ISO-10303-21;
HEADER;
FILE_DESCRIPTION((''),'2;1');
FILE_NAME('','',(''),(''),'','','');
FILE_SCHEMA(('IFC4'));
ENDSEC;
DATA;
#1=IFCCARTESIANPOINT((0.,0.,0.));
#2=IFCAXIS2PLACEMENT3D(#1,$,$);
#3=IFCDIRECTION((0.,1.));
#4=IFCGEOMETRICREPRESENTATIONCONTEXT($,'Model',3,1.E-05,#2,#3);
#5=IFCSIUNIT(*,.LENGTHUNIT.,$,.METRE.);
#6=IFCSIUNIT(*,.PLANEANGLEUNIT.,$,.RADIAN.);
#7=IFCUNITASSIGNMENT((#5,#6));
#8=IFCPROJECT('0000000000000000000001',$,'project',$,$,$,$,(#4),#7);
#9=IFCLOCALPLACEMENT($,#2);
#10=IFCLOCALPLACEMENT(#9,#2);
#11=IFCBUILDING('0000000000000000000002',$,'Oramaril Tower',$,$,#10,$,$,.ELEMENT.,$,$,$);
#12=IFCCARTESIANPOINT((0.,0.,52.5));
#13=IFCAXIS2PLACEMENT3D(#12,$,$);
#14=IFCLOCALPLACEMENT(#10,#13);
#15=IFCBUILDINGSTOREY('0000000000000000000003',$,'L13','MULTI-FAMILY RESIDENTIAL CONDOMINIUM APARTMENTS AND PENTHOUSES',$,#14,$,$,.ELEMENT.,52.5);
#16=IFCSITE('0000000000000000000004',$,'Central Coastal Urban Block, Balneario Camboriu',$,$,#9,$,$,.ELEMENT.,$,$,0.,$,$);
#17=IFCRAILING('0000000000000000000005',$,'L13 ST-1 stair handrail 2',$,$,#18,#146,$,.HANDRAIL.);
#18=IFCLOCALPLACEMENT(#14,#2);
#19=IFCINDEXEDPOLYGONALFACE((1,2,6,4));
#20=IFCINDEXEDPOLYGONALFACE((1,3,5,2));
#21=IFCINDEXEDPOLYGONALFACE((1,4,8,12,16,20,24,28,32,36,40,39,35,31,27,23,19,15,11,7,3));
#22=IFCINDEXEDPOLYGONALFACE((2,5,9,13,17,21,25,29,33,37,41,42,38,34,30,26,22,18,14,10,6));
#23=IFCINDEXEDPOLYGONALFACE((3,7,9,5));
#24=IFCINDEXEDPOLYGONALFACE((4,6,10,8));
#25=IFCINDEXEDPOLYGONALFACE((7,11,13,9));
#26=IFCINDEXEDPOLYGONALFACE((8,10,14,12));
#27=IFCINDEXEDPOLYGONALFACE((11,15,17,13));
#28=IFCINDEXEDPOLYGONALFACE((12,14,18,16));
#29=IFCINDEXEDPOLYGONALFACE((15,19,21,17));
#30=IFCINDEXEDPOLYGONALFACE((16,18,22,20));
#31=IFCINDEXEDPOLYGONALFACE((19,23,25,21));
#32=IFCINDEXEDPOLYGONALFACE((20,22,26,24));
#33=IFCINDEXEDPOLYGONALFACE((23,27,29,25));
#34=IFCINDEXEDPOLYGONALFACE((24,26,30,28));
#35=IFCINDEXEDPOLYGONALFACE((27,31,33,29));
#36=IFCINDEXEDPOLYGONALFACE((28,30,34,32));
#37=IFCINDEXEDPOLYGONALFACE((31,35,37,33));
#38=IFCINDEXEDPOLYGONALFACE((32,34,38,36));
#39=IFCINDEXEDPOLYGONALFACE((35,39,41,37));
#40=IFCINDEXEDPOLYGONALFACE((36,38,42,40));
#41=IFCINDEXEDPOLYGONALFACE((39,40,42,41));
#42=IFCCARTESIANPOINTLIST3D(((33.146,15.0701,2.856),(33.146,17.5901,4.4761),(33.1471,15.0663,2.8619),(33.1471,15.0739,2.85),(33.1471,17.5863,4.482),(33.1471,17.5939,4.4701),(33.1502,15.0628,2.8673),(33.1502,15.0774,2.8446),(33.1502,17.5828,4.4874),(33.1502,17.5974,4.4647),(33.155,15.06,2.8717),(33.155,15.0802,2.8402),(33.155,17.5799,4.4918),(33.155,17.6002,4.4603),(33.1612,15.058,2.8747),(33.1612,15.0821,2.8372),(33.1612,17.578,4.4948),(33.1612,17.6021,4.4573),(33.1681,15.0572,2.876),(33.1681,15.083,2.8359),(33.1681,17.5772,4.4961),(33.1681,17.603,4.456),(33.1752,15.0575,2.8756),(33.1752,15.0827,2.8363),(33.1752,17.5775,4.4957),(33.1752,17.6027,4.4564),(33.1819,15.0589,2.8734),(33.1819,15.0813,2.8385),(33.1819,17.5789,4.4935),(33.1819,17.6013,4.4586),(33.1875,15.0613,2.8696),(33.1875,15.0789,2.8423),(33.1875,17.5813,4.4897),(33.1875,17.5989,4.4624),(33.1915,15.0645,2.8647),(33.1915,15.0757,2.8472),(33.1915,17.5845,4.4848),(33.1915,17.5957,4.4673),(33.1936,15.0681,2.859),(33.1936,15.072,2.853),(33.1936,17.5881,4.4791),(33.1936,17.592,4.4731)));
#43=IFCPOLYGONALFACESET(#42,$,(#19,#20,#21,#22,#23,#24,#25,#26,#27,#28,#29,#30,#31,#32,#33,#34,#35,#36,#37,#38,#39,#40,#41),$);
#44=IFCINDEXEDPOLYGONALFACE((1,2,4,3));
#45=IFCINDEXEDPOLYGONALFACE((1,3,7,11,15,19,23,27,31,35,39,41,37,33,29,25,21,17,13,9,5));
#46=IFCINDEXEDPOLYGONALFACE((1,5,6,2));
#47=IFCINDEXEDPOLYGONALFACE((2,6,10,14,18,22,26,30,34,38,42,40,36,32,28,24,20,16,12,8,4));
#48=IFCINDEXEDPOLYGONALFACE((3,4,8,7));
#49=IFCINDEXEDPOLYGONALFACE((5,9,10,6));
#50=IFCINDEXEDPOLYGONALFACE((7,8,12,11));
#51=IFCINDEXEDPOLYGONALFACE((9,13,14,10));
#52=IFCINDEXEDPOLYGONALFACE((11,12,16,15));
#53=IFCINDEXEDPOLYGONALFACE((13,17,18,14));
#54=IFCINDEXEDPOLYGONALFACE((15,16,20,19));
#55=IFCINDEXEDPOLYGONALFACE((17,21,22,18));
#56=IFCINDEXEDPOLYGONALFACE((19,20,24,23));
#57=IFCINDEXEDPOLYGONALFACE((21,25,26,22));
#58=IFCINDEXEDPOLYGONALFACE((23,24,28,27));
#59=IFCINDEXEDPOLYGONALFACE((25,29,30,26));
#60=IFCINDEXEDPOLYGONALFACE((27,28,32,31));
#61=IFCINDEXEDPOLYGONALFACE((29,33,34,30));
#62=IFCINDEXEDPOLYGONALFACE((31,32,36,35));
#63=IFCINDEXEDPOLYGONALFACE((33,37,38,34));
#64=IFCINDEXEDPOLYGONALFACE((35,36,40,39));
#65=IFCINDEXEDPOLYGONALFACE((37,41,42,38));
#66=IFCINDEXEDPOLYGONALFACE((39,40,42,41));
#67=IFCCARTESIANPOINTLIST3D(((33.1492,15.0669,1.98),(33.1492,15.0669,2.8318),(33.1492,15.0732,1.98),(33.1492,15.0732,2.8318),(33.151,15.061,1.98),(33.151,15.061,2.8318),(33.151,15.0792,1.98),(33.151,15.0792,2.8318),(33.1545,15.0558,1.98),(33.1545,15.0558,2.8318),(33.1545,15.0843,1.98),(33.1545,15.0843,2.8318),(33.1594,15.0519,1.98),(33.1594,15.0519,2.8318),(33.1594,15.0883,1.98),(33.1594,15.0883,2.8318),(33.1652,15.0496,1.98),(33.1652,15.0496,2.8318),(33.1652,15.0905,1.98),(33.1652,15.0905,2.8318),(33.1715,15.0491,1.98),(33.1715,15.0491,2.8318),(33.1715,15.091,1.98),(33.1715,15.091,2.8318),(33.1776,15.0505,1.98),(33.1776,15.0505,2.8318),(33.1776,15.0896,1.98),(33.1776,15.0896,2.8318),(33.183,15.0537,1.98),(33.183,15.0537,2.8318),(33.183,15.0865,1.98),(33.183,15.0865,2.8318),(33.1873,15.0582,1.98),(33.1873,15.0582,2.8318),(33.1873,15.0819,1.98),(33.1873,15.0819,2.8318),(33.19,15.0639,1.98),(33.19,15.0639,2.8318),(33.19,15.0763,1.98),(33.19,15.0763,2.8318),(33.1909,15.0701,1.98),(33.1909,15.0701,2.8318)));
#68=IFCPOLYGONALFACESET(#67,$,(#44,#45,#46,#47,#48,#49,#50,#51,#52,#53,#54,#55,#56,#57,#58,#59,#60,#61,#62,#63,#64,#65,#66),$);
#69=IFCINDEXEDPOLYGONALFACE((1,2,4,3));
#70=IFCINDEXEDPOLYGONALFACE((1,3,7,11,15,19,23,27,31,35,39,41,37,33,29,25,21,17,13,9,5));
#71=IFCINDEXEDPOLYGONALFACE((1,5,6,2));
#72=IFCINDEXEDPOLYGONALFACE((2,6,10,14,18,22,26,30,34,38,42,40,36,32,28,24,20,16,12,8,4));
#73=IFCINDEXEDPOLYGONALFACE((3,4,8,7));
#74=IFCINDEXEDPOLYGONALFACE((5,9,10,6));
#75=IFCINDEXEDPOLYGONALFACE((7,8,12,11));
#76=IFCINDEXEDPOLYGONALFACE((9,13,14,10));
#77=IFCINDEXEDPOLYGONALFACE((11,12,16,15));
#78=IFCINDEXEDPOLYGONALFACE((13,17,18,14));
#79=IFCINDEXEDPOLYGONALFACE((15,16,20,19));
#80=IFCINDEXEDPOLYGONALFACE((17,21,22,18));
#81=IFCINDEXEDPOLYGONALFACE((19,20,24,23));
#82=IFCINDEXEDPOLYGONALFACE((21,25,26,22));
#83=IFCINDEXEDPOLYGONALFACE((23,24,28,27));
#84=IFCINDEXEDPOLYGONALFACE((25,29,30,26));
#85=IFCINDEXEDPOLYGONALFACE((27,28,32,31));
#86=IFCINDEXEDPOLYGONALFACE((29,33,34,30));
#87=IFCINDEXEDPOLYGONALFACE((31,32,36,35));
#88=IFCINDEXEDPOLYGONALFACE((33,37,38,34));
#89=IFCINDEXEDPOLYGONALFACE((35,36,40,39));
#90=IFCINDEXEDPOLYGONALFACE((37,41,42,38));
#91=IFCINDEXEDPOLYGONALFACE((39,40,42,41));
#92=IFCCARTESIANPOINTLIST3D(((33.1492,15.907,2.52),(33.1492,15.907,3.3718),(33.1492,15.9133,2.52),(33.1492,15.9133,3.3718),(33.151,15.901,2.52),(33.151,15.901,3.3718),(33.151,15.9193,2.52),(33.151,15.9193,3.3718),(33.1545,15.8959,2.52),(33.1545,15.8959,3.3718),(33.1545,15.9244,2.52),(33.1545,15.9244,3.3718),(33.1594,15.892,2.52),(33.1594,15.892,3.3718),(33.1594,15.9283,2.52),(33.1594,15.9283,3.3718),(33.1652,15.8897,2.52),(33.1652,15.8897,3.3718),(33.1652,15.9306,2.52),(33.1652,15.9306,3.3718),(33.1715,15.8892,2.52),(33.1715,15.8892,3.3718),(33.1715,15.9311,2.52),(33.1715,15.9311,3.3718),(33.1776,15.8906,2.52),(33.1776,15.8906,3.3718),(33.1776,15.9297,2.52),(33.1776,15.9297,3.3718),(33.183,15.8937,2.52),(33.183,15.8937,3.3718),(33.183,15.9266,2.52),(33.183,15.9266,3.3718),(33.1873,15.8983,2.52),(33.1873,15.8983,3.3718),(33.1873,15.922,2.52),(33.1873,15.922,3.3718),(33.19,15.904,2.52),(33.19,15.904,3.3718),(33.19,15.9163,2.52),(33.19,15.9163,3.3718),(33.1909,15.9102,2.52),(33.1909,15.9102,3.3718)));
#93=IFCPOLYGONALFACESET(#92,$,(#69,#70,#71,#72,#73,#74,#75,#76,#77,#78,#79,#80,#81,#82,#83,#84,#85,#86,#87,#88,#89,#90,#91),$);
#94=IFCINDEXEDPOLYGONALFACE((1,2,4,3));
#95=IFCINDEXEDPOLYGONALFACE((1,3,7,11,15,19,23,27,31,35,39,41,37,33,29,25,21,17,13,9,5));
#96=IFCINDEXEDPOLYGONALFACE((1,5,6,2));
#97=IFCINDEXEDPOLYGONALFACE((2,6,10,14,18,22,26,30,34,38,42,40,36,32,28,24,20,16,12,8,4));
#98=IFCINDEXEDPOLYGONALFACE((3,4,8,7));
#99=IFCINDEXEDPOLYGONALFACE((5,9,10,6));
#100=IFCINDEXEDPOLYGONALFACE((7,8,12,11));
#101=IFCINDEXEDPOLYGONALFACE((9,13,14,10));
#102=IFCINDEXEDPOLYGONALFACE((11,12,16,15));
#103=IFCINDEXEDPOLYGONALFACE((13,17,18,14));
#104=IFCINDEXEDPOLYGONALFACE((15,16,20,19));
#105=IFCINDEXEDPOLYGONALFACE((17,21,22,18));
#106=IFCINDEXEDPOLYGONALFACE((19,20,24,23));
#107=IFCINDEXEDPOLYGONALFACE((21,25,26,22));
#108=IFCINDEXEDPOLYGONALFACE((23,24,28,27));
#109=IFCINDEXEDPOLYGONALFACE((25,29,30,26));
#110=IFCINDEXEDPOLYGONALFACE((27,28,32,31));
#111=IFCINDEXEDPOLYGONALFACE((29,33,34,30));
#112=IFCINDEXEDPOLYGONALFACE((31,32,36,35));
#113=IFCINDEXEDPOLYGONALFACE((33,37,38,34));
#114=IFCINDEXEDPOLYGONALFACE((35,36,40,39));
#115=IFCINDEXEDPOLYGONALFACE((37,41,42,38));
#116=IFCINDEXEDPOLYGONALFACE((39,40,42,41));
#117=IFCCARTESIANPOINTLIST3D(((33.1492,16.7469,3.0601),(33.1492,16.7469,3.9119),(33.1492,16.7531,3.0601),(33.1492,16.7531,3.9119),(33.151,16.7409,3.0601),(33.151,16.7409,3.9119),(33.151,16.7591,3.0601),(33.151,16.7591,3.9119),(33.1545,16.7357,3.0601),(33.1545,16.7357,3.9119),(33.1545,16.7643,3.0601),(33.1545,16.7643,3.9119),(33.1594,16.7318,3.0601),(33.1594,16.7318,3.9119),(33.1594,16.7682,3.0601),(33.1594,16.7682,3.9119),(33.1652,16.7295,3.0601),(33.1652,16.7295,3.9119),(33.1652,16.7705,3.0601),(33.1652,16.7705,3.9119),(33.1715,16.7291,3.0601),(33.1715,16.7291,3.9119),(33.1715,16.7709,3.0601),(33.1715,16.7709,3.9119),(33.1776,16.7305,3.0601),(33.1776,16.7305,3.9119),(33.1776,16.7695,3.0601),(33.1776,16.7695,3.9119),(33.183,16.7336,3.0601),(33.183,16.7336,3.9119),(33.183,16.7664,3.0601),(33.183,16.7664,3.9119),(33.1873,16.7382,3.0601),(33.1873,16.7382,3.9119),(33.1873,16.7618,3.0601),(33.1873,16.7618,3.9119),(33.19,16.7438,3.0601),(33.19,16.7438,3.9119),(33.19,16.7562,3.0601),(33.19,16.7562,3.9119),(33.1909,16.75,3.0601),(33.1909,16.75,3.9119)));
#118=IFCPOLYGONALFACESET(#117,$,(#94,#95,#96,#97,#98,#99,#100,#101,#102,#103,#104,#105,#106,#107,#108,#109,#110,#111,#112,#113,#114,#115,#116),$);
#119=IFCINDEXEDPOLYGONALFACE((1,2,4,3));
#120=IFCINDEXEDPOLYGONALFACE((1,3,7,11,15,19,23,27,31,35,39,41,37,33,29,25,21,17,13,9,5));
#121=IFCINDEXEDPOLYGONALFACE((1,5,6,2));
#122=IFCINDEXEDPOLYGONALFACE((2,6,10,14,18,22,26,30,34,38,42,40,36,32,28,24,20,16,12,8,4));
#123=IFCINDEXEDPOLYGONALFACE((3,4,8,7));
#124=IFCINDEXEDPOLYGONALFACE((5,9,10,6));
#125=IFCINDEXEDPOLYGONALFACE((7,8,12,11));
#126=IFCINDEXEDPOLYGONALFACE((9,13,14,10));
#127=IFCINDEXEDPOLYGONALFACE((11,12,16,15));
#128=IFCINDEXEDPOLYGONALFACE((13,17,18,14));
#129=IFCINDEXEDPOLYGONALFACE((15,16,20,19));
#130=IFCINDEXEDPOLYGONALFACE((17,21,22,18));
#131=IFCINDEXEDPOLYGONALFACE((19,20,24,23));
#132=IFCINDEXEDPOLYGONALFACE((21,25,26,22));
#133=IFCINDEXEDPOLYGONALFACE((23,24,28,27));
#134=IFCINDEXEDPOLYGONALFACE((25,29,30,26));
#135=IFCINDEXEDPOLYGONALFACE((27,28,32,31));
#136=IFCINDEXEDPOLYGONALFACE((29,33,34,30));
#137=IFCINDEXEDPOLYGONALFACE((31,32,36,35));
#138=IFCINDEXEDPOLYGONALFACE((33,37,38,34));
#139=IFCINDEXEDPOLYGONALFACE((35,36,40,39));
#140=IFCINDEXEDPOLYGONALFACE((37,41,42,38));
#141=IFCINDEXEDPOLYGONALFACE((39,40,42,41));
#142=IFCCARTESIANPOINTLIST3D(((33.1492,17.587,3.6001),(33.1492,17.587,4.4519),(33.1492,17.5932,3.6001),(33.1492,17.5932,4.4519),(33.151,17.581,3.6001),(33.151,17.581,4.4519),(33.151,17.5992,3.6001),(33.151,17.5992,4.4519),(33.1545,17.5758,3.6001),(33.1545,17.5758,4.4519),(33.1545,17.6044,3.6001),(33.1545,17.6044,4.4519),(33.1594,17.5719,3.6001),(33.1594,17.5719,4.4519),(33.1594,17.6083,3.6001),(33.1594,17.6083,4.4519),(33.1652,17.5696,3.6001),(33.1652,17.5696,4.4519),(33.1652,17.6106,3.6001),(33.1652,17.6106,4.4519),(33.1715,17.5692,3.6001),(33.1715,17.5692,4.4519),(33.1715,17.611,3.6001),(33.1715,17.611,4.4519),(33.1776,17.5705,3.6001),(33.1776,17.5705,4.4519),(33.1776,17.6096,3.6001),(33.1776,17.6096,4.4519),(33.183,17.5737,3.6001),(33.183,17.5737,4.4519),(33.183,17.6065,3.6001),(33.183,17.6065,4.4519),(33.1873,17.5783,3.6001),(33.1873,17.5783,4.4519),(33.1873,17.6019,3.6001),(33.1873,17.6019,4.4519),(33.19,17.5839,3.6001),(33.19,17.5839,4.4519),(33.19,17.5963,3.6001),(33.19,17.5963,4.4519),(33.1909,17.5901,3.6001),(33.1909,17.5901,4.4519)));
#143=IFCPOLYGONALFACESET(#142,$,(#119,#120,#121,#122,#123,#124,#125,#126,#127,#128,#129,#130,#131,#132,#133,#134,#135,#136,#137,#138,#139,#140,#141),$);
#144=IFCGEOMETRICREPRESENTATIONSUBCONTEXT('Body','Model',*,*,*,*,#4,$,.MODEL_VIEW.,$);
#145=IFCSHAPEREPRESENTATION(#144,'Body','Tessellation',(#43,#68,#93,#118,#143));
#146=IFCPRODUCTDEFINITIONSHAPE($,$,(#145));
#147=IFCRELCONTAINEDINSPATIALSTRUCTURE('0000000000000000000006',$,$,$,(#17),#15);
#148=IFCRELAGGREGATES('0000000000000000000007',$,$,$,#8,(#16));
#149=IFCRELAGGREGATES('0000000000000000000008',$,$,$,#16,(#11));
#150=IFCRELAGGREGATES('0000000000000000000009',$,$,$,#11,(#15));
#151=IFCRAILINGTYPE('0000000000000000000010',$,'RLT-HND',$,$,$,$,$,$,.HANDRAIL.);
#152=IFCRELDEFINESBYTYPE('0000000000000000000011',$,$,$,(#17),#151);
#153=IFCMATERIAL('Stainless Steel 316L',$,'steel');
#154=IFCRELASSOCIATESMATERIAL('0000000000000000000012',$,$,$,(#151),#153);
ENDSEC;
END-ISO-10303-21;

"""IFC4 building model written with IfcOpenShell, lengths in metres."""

from ifc_helpers import new_model, si_unit, direction, frame, origin, origin_2d, place, context, subcontext, project, spatial, circle, extrude, material, type_object, element, save


model = new_model("IFC4")

# Units and contexts
model_context = context("Model", 3, precision=1e-05, world=origin(), true_north=direction((0.0, 1.0)))
body_context = subcontext(model_context, "Body", "Model", "MODEL_VIEW")
ifc_project = project(units=[si_unit("LENGTHUNIT", "METRE"), si_unit("PLANEANGLEUNIT", "RADIAN")], contexts=[model_context])

# Site, building, storey
site_placement = place(None, origin())
site = spatial("IfcSite", under=ifc_project, at=site_placement, Name="Central Coastal Urban Block, Balneario Camboriu", CompositionType="ELEMENT", RefElevation=0.0)
building_placement = place(site_placement, origin())
building = spatial("IfcBuilding", under=site, at=building_placement, Name="Oramaril Tower", CompositionType="ELEMENT")
storey_placement = place(building_placement, frame((0.0, 0.0, 52.5)))
storey = spatial("IfcBuildingStorey", under=building, at=storey_placement, Name="L13", Description="MULTI-FAMILY RESIDENTIAL CONDOMINIUM APARTMENTS AND PENTHOUSES", CompositionType="ELEMENT", Elevation=52.5)

# Railing
ifc_material_1 = material(Name="Stainless Steel 316L", Category="steel")
railing_type_1 = type_object("IfcRailingType", Name="RLT-HND", PredefinedType="HANDRAIL", material=ifc_material_1)
for number, where, name in (
    (1, (33.1699, 15.0701, 1.98), "L13 ST-1 stair handrail 2"),
):
    element("IfcRailing", number, at=place(storey_placement, frame(where)), inside=storey, type_object=railing_type_1, Name=name, PredefinedType="HANDRAIL", context=body_context, shape_type="SweptSolid", body=[
        extrude(circle(Radius=0.0239, at=origin_2d()), frame((0.0, 0.0, 0.876), z_axis=(0.0, 0.841163, 0.540782), x_axis=(-1.0, 0.0, 0.0)), (0.0, 0.0, 1.0), 2.9958),
        extrude(circle(Radius=0.021, at=origin_2d()), origin(), (0.0, 0.0, 1.0), 0.8518),
        extrude(circle(Radius=0.021, at=origin_2d()), frame((0.0, 0.8401, 0.54)), (0.0, 0.0, 1.0), 0.8518),
        extrude(circle(Radius=0.021, at=origin_2d()), frame((0.0, 1.6799, 1.0801)), (0.0, 0.0, 1.0), 0.8518),
        extrude(circle(Radius=0.021, at=origin_2d()), frame((0.0, 2.52, 1.6201)), (0.0, 0.0, 1.0), 0.8518),
    ])

save(model, "model.ifc")
